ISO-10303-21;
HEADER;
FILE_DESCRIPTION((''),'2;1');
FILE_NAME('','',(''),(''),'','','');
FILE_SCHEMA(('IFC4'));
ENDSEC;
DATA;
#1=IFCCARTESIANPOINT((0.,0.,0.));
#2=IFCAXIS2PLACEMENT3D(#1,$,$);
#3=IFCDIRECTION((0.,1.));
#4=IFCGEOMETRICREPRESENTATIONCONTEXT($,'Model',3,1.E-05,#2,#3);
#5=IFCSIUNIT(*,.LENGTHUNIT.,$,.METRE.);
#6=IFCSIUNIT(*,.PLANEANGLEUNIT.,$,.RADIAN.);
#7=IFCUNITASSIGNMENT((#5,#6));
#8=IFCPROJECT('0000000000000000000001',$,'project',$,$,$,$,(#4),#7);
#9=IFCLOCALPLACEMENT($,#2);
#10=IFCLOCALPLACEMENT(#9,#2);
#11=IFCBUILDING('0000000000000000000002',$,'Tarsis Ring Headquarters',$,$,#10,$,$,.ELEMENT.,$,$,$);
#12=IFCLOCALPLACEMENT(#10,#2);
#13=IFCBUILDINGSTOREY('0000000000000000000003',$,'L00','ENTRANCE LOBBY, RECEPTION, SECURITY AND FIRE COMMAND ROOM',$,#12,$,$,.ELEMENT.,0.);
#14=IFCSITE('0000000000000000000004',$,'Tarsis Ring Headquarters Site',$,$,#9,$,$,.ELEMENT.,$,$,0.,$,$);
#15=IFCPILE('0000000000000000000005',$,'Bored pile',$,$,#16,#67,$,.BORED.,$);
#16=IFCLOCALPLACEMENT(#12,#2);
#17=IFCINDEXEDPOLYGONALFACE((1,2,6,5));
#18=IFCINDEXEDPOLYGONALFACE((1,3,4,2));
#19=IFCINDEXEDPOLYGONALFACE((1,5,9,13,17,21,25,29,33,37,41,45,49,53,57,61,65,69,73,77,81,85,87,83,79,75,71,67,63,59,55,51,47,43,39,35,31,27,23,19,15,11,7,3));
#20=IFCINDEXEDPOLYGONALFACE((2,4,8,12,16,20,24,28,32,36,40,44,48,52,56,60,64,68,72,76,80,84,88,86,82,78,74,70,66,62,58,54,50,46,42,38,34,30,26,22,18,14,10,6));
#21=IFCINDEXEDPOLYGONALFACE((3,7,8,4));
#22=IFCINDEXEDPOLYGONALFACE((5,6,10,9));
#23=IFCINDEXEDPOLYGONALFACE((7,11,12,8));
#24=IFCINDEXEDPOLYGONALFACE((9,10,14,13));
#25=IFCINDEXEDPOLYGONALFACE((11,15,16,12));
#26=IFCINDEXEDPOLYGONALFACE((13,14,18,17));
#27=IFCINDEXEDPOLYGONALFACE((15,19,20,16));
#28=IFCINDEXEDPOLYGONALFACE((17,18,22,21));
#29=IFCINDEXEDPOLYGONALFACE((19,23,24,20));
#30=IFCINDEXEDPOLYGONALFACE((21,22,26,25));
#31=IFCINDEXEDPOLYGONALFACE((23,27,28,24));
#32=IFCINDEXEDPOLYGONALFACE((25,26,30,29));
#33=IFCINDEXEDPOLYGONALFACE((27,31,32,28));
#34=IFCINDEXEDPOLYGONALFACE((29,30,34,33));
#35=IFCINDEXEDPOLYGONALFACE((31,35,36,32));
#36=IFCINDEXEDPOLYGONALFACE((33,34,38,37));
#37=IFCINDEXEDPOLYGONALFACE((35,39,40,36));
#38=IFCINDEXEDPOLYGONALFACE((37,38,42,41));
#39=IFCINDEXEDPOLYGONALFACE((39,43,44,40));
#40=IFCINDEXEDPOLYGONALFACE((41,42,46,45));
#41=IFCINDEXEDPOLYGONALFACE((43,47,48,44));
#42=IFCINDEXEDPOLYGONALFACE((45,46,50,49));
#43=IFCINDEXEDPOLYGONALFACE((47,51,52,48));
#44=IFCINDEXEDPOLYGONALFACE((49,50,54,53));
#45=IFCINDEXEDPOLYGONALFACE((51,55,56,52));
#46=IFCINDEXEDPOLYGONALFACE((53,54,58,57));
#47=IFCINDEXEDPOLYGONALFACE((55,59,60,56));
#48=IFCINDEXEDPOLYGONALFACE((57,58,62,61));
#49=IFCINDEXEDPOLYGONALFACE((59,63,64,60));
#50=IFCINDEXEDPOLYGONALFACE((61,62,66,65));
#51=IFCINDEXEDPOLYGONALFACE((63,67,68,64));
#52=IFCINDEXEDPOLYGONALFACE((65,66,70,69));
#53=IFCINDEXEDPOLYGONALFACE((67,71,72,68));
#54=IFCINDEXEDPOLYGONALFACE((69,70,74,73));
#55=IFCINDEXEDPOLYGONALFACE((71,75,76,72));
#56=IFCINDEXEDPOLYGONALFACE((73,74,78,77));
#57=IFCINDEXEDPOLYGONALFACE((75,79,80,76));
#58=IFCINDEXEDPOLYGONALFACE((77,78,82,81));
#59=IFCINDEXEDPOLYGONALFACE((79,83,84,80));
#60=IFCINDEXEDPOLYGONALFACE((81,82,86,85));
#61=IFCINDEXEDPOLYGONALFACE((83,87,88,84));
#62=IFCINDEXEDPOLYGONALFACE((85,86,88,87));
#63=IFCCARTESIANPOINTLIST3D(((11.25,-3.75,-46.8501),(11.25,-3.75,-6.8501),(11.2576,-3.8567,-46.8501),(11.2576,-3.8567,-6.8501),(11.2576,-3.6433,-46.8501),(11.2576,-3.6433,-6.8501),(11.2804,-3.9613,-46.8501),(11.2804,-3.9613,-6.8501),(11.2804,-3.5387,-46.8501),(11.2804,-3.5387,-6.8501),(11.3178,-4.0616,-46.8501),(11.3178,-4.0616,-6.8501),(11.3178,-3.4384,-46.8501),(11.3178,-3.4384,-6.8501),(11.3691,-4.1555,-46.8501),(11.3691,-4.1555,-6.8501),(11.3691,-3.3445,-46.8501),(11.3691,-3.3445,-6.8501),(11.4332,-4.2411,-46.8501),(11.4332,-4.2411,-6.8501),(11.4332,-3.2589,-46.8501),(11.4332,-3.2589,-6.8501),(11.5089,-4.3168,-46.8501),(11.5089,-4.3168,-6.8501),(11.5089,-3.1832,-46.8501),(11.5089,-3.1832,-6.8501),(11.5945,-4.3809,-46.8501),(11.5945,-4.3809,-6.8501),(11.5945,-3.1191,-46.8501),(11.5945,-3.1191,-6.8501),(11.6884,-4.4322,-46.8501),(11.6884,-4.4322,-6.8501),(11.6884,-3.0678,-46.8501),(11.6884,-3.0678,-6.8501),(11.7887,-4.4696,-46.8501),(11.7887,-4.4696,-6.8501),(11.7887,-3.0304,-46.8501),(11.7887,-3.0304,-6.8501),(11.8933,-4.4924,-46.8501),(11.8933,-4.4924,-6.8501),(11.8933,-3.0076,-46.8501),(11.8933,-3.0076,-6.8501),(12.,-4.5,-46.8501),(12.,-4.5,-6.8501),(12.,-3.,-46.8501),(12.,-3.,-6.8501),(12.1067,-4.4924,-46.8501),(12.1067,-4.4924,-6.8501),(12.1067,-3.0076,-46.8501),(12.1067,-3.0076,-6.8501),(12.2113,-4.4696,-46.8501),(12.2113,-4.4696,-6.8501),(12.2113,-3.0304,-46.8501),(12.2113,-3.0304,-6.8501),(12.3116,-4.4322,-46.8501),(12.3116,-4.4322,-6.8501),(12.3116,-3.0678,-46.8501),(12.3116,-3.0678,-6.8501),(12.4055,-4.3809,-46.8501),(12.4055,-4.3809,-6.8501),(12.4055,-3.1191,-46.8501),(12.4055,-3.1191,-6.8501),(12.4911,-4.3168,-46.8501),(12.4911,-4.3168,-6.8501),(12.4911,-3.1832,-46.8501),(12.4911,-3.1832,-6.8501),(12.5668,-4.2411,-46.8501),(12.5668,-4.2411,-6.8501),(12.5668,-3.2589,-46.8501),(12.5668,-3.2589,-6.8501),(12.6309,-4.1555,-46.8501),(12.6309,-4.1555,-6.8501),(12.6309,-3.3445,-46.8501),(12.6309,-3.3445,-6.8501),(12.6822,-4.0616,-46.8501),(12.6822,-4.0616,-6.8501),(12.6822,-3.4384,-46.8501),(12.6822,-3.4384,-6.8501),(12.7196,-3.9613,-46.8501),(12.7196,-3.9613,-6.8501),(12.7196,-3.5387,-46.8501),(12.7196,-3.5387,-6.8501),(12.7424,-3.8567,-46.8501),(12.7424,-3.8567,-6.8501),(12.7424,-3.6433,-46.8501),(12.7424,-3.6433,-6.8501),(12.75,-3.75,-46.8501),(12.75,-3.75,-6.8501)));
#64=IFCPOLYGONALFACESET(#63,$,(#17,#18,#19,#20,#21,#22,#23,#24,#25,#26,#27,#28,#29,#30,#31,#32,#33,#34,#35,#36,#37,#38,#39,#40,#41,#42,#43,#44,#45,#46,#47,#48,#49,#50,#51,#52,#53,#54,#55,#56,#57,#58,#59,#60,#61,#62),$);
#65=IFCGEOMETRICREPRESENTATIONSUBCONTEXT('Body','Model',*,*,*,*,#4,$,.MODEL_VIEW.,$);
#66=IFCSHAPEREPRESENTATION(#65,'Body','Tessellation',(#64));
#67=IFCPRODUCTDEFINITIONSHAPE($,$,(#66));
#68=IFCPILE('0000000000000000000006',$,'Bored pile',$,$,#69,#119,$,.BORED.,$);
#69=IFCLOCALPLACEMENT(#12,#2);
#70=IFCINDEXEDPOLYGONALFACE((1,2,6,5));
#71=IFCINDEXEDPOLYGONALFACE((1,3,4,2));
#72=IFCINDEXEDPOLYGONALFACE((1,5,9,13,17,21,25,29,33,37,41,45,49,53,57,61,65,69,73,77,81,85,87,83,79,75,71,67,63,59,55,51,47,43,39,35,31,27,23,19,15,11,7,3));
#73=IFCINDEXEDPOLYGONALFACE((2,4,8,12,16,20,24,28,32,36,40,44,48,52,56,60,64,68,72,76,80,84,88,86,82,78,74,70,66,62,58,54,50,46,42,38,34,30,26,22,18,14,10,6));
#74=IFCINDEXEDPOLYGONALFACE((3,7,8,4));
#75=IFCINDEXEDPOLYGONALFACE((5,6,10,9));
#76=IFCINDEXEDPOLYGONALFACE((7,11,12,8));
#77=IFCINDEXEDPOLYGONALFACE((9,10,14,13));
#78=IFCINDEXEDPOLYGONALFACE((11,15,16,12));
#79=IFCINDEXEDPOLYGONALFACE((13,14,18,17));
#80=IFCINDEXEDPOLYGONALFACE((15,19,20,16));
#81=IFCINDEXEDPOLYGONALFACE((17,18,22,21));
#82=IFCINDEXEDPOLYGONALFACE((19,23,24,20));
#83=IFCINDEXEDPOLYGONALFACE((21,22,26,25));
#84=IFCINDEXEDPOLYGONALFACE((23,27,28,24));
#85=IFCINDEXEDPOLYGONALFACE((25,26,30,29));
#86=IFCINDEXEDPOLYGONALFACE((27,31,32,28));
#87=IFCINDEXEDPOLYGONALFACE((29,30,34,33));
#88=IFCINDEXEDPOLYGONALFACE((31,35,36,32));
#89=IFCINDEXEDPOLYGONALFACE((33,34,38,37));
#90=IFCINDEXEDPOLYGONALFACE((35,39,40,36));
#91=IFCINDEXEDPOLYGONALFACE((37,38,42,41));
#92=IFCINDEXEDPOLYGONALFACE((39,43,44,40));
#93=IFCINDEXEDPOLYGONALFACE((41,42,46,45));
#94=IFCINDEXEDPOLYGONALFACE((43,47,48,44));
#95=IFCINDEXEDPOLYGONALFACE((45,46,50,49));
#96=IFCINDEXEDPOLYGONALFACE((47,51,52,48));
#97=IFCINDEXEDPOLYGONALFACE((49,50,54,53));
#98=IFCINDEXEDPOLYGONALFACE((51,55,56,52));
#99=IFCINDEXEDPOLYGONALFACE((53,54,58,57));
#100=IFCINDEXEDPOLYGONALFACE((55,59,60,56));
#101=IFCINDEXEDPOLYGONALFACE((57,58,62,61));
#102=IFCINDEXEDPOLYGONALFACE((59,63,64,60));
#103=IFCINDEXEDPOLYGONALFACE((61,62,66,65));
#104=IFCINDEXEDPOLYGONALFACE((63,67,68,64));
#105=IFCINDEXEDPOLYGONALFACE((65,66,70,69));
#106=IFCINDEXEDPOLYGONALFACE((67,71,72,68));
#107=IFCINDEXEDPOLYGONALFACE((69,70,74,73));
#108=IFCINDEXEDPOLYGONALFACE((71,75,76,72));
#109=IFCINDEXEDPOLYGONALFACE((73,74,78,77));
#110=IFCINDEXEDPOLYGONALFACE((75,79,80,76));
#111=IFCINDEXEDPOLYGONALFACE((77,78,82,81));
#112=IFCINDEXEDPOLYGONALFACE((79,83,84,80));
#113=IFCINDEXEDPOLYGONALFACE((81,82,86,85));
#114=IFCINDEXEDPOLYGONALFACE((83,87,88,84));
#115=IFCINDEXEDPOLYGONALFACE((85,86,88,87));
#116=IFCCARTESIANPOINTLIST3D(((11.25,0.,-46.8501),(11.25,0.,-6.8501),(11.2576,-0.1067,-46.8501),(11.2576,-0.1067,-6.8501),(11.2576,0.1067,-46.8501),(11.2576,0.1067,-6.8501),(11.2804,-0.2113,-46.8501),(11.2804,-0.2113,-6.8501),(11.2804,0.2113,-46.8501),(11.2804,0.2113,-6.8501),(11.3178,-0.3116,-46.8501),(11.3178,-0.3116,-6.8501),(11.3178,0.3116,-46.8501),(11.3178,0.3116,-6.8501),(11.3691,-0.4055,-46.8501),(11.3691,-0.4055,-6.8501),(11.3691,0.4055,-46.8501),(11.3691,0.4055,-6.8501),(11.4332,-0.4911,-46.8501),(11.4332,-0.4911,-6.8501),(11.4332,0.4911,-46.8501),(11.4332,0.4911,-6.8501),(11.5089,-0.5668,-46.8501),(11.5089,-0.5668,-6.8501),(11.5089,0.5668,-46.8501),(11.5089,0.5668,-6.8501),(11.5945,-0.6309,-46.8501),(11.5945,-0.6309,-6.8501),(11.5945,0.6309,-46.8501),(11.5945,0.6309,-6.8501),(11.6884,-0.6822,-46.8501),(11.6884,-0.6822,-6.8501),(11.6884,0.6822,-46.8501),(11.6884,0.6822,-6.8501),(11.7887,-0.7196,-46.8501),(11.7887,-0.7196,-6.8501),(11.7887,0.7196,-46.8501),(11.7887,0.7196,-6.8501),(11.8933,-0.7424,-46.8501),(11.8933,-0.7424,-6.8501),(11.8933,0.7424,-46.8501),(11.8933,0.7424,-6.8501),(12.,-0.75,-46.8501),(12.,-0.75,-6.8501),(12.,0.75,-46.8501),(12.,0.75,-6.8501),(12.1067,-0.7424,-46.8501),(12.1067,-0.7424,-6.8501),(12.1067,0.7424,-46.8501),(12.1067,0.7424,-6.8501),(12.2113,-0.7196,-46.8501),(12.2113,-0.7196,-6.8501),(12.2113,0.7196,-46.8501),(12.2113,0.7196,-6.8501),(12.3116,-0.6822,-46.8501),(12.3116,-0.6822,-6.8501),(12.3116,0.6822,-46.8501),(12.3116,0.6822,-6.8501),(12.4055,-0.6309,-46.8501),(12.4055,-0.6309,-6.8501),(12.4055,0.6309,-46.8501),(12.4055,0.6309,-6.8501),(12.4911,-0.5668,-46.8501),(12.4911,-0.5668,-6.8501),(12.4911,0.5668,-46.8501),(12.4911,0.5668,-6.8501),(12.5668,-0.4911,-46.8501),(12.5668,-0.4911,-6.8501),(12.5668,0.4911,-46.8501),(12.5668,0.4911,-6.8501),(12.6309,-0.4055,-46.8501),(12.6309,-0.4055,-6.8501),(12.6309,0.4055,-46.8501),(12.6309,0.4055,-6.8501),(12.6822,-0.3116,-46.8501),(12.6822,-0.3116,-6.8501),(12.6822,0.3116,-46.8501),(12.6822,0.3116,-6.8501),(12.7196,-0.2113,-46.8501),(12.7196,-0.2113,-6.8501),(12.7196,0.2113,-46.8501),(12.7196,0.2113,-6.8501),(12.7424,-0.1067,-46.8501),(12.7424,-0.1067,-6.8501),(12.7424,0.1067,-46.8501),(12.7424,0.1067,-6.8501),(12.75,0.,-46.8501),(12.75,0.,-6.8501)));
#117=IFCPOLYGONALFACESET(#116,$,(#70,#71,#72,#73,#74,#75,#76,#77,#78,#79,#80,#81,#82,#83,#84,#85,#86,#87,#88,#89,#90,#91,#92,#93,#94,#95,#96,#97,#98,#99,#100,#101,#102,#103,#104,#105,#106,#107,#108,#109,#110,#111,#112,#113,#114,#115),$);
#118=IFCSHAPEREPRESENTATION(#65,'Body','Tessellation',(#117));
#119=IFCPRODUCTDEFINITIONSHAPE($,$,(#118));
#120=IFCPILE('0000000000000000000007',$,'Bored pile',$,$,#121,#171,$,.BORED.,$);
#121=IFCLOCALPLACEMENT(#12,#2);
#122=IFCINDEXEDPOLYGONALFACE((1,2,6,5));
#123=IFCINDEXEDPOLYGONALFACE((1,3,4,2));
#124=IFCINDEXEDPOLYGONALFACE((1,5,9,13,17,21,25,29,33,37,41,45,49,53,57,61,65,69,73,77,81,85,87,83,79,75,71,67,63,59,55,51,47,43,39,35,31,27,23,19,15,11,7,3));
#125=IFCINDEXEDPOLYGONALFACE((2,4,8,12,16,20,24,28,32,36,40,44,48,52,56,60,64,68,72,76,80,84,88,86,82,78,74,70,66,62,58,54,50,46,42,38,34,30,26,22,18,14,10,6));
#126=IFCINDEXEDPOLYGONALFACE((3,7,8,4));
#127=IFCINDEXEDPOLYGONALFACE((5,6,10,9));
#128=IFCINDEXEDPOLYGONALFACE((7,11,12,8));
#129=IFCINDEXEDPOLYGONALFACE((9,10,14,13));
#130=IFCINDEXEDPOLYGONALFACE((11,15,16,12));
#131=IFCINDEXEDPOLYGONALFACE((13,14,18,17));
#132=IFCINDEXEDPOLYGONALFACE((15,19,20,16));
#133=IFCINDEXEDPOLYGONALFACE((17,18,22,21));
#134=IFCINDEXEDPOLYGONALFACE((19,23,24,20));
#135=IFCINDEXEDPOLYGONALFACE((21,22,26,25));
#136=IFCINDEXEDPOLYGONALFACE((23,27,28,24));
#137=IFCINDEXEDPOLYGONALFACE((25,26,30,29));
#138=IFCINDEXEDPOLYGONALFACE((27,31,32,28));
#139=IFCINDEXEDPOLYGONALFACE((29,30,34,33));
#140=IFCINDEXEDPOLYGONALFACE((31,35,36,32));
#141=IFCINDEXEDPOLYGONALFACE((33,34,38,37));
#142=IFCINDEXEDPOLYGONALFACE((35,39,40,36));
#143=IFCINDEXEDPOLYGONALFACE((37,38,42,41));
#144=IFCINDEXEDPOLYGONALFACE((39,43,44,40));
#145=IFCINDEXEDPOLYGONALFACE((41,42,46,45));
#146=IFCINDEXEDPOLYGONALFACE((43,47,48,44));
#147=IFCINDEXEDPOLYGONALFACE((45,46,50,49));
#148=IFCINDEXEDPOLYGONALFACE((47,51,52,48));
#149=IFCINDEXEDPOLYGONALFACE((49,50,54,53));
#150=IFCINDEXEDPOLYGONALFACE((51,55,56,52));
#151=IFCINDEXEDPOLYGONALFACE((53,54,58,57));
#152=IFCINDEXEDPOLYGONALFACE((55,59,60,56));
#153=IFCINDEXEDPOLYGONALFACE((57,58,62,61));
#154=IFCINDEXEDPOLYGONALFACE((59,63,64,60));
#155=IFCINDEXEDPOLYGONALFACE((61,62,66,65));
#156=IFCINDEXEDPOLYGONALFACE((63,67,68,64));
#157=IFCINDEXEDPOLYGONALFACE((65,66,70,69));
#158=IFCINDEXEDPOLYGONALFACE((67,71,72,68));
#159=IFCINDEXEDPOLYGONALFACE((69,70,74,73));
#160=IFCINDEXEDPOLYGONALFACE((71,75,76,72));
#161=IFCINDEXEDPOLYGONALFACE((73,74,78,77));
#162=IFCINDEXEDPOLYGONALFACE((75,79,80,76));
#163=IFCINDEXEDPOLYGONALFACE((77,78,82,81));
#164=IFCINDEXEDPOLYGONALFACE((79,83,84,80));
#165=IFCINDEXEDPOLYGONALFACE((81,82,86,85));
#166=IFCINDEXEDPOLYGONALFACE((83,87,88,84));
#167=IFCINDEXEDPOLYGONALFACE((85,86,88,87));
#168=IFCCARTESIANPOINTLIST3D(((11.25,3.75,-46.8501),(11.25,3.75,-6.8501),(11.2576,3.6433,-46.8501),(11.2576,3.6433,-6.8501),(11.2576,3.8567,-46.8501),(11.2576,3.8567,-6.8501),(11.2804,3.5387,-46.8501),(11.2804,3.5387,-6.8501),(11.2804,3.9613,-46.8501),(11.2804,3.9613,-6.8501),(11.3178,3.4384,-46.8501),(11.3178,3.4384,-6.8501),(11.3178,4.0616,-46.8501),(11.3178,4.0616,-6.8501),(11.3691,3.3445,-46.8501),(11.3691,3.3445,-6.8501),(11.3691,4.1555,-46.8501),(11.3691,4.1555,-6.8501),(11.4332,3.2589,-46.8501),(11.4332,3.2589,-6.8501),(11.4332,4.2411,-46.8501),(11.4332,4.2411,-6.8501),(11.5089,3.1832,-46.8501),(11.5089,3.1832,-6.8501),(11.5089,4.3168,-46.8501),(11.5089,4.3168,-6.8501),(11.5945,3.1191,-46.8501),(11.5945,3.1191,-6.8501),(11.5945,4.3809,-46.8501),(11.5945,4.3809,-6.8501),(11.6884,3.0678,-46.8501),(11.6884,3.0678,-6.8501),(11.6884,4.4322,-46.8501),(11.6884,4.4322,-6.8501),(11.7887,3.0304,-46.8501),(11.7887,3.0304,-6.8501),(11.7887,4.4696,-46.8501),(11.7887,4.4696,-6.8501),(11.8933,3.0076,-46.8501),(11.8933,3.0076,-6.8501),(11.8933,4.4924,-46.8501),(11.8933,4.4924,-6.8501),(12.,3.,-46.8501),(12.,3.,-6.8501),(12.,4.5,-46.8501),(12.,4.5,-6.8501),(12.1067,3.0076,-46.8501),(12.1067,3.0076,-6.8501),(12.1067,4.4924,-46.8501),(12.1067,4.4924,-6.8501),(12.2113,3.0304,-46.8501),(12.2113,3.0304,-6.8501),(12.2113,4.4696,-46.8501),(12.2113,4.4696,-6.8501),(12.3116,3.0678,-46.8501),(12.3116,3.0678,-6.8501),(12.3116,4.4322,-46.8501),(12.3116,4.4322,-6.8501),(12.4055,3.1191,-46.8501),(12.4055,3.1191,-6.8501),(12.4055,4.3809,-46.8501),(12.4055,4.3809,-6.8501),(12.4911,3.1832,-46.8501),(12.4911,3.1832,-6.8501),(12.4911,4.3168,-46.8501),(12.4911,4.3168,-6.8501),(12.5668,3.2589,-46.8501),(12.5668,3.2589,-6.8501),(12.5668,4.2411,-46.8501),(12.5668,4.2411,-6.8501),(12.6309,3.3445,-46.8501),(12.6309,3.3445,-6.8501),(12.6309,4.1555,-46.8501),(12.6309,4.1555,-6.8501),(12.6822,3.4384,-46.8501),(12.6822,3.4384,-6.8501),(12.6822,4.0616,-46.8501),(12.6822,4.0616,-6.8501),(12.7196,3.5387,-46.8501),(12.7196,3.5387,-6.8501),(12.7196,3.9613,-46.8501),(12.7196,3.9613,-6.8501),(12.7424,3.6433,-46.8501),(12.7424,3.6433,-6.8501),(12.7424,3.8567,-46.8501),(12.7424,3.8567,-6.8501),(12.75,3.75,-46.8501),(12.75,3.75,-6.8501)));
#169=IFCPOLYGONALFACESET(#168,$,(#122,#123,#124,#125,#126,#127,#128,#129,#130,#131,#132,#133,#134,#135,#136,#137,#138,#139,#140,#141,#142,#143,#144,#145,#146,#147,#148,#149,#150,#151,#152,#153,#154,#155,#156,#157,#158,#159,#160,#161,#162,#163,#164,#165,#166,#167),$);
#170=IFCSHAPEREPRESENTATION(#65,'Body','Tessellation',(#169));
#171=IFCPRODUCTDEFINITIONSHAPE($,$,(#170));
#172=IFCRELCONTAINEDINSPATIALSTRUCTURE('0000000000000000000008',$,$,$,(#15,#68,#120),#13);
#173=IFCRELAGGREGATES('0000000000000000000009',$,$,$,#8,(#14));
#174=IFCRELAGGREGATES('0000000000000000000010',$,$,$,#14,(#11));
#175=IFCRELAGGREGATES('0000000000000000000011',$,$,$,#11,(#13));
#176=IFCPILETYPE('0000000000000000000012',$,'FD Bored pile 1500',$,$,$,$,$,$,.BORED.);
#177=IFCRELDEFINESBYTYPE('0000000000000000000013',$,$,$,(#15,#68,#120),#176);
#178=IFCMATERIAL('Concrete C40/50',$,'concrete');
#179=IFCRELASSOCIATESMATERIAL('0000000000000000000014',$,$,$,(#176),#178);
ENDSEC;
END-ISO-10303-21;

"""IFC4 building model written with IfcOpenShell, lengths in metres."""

from ifc_helpers import new_model, si_unit, direction, frame, origin, origin_2d, place, context, subcontext, project, spatial, circle, extrude, material, material_profile, profile_set, type_object, element, save


model = new_model("IFC4")

# Units and contexts
model_context = context("Model", 3, precision=1e-05, world=origin(), true_north=direction((0.0, 1.0)))
body_context = subcontext(model_context, "Body", "Model", "MODEL_VIEW")
ifc_project = project(units=[si_unit("LENGTHUNIT", "METRE"), si_unit("PLANEANGLEUNIT", "RADIAN")], contexts=[model_context])

# Site, building, storey
site_placement = place(None, origin())
site = spatial("IfcSite", under=ifc_project, at=site_placement, Name="Tarsis Ring Headquarters Site", CompositionType="ELEMENT", RefElevation=0.0)
building_placement = place(site_placement, origin())
building = spatial("IfcBuilding", under=site, at=building_placement, Name="Tarsis Ring Headquarters", CompositionType="ELEMENT")
storey_placement = place(building_placement, origin())
storey = spatial("IfcBuildingStorey", under=building, at=storey_placement, Name="L00", Description="ENTRANCE LOBBY, RECEPTION, SECURITY AND FIRE COMMAND ROOM", CompositionType="ELEMENT", Elevation=0.0)

# Piles
ifc_material_1 = material(Name="Concrete C40/50", Category="concrete")
ifc_material_profile_1 = material_profile(ifc_material_1, circle(Radius=0.75, at=origin_2d()), Name="BORED 1500")
ifc_profile_set_1 = profile_set([ifc_material_profile_1], Name="Concrete C40/50")
pile_type_1 = type_object("IfcPileType", Name="FD Bored pile 1500", PredefinedType="BORED", material=ifc_profile_set_1)
for number, where, z_axis, x_axis, name in (
    (1, (12.0, -3.75, -6.8501), (0.0, 0.0, -1.0), (1.0, 0.0, 0.0), "Bored pile"),
    (2, (12.0, 0.0, -6.8501), (0.0, 0.0, -1.0), (1.0, 0.0, 0.0), "Bored pile"),
    (3, (12.0, 3.75, -6.8501), (0.0, 0.0, -1.0), (1.0, 0.0, 0.0), "Bored pile"),
):
    element("IfcPile", number, at=place(storey_placement, frame(where, z_axis=z_axis, x_axis=x_axis)), inside=storey, type_object=pile_type_1, Name=name, PredefinedType="BORED", context=body_context, shape_type="SweptSolid", body=[
        extrude(circle(Radius=0.75, at=origin_2d()), origin(), (0.0, 0.0, 1.0), 40.0),
    ])

save(model, "model.ifc")
